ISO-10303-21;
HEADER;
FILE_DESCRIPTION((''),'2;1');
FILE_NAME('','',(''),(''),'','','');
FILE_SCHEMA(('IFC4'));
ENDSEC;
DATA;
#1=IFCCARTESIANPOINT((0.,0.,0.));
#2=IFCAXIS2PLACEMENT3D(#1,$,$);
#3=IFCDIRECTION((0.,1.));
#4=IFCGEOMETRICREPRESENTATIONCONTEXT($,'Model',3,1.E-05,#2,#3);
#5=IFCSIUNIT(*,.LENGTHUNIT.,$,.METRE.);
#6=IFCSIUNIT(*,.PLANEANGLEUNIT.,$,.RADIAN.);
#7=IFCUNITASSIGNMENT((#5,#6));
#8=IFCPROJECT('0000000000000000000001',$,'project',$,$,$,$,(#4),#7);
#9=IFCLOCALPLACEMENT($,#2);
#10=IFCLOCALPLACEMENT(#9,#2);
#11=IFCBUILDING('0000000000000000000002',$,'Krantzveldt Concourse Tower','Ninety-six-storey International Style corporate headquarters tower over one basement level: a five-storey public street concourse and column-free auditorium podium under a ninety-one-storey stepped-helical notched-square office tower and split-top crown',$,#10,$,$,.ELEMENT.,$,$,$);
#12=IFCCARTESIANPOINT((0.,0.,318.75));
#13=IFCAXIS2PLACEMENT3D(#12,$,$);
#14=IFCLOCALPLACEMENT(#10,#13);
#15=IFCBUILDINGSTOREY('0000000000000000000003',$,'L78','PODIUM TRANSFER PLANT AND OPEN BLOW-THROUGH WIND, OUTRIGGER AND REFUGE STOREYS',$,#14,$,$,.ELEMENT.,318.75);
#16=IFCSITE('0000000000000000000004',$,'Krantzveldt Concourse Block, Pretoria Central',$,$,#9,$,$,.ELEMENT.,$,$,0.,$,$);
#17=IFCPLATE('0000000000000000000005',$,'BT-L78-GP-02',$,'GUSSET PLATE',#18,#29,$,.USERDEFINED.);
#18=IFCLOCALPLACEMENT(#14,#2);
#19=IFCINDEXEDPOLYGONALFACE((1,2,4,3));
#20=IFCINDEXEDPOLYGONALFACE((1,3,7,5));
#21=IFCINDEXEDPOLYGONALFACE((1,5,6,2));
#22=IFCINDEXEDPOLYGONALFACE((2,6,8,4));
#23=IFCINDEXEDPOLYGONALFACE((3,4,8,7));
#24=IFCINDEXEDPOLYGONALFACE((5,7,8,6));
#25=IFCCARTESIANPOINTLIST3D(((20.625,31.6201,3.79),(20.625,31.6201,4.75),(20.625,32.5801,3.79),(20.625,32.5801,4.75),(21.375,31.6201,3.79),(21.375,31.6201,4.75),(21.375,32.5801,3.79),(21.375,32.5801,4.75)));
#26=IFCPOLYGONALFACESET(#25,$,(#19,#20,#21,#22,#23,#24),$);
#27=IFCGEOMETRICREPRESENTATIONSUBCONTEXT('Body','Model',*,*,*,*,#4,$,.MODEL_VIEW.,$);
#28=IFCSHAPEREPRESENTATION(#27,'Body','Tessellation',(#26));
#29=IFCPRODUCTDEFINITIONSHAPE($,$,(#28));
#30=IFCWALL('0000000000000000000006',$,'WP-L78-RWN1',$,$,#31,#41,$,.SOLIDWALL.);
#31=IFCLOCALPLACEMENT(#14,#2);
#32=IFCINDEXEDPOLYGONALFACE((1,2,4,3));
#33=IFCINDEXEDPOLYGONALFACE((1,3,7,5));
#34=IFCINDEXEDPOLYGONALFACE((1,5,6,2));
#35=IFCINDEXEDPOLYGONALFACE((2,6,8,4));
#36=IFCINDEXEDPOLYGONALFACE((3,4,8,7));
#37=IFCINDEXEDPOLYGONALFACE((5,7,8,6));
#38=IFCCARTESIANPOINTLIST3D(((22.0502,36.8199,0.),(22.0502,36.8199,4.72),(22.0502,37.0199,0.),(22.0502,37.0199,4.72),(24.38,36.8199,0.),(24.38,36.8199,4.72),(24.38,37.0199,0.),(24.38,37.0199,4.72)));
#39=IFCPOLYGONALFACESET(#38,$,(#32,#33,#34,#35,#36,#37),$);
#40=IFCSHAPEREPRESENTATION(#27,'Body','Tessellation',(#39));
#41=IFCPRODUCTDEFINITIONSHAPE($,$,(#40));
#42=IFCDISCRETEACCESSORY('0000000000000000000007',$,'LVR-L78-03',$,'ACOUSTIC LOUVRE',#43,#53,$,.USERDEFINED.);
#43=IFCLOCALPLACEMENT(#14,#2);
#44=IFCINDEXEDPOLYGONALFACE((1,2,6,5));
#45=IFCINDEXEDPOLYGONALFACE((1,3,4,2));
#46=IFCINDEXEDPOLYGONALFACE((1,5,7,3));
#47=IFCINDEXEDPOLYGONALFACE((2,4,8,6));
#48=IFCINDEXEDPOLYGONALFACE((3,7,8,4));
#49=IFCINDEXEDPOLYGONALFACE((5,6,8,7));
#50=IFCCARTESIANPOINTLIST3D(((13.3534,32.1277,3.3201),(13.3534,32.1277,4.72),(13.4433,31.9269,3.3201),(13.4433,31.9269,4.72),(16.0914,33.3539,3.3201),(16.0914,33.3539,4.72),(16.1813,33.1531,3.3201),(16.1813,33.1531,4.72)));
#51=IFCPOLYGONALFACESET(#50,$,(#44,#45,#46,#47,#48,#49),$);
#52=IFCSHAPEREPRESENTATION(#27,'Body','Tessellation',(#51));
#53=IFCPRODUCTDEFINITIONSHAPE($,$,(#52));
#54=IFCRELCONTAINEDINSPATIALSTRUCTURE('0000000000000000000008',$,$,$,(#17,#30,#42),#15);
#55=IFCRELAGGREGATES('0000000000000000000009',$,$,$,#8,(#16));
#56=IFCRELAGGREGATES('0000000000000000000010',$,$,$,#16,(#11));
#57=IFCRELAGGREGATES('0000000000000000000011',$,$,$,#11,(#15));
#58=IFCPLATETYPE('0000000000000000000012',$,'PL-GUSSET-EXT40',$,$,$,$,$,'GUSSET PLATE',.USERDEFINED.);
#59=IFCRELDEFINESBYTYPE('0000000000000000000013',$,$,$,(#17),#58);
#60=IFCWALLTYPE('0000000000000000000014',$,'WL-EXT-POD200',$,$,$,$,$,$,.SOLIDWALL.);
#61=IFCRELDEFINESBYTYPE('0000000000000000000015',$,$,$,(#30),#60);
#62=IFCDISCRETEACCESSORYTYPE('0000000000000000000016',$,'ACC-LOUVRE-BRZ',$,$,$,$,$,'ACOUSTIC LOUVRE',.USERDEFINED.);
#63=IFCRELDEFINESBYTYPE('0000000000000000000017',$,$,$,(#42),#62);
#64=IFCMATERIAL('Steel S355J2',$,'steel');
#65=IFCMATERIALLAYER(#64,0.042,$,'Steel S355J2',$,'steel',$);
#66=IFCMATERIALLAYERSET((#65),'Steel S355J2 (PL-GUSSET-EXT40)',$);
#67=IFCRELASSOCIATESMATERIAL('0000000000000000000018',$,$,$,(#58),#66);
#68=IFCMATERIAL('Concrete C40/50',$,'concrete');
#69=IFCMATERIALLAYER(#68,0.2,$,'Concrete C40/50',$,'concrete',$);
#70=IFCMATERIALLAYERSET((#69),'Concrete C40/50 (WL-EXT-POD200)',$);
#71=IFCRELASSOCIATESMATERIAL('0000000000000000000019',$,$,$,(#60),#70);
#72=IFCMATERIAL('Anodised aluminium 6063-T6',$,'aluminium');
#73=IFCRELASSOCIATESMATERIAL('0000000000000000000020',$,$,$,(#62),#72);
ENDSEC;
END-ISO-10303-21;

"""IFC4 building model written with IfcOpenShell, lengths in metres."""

from ifc_helpers import new_model, si_unit, direction, frame, frame_2d, origin, origin_2d, place, context, subcontext, project, spatial, rectangle, extrude, source, transform, mapped, material, layer, layer_set, type_object, type_shapes, element, save


model = new_model("IFC4")

# Units and contexts
model_context = context("Model", 3, precision=1e-05, world=origin(), true_north=direction((0.0, 1.0)))
body_context = subcontext(model_context, "Body", "Model", "MODEL_VIEW")
ifc_project = project(units=[si_unit("LENGTHUNIT", "METRE"), si_unit("PLANEANGLEUNIT", "RADIAN")], contexts=[model_context])

# Site, building, storey
site_placement = place(None, origin())
site = spatial("IfcSite", under=ifc_project, at=site_placement, Name="Krantzveldt Concourse Block, Pretoria Central", CompositionType="ELEMENT", RefElevation=0.0)
building_placement = place(site_placement, origin())
building = spatial("IfcBuilding", under=site, at=building_placement, Name="Krantzveldt Concourse Tower", Description="Ninety-six-storey International Style corporate headquarters tower over one basement level: a five-storey public street concourse and column-free auditorium podium under a ninety-one-storey stepped-helical notched-square office tower and split-top crown", CompositionType="ELEMENT")
storey_placement = place(building_placement, frame((0.0, 0.0, 318.75)))
storey = spatial("IfcBuildingStorey", under=building, at=storey_placement, Name="L78", Description="PODIUM TRANSFER PLANT AND OPEN BLOW-THROUGH WIND, OUTRIGGER AND REFUGE STOREYS", CompositionType="ELEMENT", Elevation=318.75)

# Shared definitions
ifc_material_1 = material(Name="Steel S355J2", Category="steel")

# Plate
ifc_layer_1 = layer(ifc_material_1, 0.042, Name="Steel S355J2", Category="steel")
ifc_layer_set_1 = layer_set([ifc_layer_1], Name="Steel S355J2 (PL-GUSSET-EXT40)")
plate_type_1 = type_object("IfcPlateType", Name="PL-GUSSET-EXT40", ElementType="GUSSET PLATE", PredefinedType="USERDEFINED", material=ifc_layer_set_1)
shared_shape_1 = source(origin(), body_context, "Body", "SweptSolid", [
    extrude(rectangle(XDim=0.96, YDim=0.75, at=origin_2d()), origin(), (0.0, 0.0, 1.0), 0.96),
])
plate_1_placement = place(storey_placement, frame((21.0, 32.1001, 3.79), z_axis=(0.0, 0.0, 1.0), x_axis=(0.0, 1.0, 0.0)))
element("IfcPlate", 1, at=plate_1_placement, inside=storey, type_object=plate_type_1, Name="BT-L78-GP-02", ObjectType="GUSSET PLATE", PredefinedType="USERDEFINED", context=body_context, shape_type="MappedRepresentation", body=[
    mapped(shared_shape_1, transform((0.0, 0.0, 0.0), x_axis=(1.0, 0.0, 0.0), y_axis=(0.0, 1.0, 0.0), z_axis=(0.0, 0.0, 1.0), scale=1.0)),
])

# Wall
ifc_material_2 = material(Name="Concrete C40/50", Category="concrete")
ifc_layer_2 = layer(ifc_material_2, 0.2, Name="Concrete C40/50", Category="concrete")
ifc_layer_set_2 = layer_set([ifc_layer_2], Name="Concrete C40/50 (WL-EXT-POD200)")
wall_type = type_object("IfcWallType", Name="WL-EXT-POD200", PredefinedType="SOLIDWALL", material=ifc_layer_set_2)
wall_placement = place(storey_placement, frame((22.05, 36.9199, 0.0), z_axis=(0.0, 0.0, 1.0), x_axis=(1.0, 0.0, 0.0)))
element("IfcWall", 2, at=wall_placement, inside=storey, type_object=wall_type, Name="WP-L78-RWN1", PredefinedType="SOLIDWALL", context=body_context, shape_type="SweptSolid", body=[
    extrude(rectangle(XDim=2.3298, YDim=0.2, at=frame_2d((1.165, 0.0))), origin(), (0.0, 0.0, 1.0), 4.72),
])

# Discrete accessory
ifc_material_3 = material(Name="Anodised aluminium 6063-T6", Category="aluminium")
discrete_accessory_type = type_object("IfcDiscreteAccessoryType", Name="ACC-LOUVRE-BRZ", ElementType="ACOUSTIC LOUVRE", PredefinedType="USERDEFINED", material=ifc_material_3)
shared_shape_2 = source(origin(), body_context, "Body", "SweptSolid", [
    extrude(rectangle(XDim=3.0, YDim=0.22, at=origin_2d()), origin(), (0.0, 0.0, 1.0), 1.3999),
])
type_shapes(discrete_accessory_type, [shared_shape_2])
discrete_accessory_placement = place(storey_placement, frame((14.7673, 32.6404, 3.3201), z_axis=(0.0, 0.0, 1.0), x_axis=(-0.912656, -0.408729, 0.0)))
element("IfcDiscreteAccessory", 3, at=discrete_accessory_placement, inside=storey, type_object=discrete_accessory_type, Name="LVR-L78-03", ObjectType="ACOUSTIC LOUVRE", PredefinedType="USERDEFINED", context=body_context, shape_type="MappedRepresentation", body=[
    mapped(shared_shape_2, transform((0.0, 0.0, 0.0), x_axis=(1.0, 0.0, 0.0), y_axis=(0.0, 1.0, 0.0), z_axis=(0.0, 0.0, 1.0), scale=1.0)),
])

save(model, "model.ifc")
